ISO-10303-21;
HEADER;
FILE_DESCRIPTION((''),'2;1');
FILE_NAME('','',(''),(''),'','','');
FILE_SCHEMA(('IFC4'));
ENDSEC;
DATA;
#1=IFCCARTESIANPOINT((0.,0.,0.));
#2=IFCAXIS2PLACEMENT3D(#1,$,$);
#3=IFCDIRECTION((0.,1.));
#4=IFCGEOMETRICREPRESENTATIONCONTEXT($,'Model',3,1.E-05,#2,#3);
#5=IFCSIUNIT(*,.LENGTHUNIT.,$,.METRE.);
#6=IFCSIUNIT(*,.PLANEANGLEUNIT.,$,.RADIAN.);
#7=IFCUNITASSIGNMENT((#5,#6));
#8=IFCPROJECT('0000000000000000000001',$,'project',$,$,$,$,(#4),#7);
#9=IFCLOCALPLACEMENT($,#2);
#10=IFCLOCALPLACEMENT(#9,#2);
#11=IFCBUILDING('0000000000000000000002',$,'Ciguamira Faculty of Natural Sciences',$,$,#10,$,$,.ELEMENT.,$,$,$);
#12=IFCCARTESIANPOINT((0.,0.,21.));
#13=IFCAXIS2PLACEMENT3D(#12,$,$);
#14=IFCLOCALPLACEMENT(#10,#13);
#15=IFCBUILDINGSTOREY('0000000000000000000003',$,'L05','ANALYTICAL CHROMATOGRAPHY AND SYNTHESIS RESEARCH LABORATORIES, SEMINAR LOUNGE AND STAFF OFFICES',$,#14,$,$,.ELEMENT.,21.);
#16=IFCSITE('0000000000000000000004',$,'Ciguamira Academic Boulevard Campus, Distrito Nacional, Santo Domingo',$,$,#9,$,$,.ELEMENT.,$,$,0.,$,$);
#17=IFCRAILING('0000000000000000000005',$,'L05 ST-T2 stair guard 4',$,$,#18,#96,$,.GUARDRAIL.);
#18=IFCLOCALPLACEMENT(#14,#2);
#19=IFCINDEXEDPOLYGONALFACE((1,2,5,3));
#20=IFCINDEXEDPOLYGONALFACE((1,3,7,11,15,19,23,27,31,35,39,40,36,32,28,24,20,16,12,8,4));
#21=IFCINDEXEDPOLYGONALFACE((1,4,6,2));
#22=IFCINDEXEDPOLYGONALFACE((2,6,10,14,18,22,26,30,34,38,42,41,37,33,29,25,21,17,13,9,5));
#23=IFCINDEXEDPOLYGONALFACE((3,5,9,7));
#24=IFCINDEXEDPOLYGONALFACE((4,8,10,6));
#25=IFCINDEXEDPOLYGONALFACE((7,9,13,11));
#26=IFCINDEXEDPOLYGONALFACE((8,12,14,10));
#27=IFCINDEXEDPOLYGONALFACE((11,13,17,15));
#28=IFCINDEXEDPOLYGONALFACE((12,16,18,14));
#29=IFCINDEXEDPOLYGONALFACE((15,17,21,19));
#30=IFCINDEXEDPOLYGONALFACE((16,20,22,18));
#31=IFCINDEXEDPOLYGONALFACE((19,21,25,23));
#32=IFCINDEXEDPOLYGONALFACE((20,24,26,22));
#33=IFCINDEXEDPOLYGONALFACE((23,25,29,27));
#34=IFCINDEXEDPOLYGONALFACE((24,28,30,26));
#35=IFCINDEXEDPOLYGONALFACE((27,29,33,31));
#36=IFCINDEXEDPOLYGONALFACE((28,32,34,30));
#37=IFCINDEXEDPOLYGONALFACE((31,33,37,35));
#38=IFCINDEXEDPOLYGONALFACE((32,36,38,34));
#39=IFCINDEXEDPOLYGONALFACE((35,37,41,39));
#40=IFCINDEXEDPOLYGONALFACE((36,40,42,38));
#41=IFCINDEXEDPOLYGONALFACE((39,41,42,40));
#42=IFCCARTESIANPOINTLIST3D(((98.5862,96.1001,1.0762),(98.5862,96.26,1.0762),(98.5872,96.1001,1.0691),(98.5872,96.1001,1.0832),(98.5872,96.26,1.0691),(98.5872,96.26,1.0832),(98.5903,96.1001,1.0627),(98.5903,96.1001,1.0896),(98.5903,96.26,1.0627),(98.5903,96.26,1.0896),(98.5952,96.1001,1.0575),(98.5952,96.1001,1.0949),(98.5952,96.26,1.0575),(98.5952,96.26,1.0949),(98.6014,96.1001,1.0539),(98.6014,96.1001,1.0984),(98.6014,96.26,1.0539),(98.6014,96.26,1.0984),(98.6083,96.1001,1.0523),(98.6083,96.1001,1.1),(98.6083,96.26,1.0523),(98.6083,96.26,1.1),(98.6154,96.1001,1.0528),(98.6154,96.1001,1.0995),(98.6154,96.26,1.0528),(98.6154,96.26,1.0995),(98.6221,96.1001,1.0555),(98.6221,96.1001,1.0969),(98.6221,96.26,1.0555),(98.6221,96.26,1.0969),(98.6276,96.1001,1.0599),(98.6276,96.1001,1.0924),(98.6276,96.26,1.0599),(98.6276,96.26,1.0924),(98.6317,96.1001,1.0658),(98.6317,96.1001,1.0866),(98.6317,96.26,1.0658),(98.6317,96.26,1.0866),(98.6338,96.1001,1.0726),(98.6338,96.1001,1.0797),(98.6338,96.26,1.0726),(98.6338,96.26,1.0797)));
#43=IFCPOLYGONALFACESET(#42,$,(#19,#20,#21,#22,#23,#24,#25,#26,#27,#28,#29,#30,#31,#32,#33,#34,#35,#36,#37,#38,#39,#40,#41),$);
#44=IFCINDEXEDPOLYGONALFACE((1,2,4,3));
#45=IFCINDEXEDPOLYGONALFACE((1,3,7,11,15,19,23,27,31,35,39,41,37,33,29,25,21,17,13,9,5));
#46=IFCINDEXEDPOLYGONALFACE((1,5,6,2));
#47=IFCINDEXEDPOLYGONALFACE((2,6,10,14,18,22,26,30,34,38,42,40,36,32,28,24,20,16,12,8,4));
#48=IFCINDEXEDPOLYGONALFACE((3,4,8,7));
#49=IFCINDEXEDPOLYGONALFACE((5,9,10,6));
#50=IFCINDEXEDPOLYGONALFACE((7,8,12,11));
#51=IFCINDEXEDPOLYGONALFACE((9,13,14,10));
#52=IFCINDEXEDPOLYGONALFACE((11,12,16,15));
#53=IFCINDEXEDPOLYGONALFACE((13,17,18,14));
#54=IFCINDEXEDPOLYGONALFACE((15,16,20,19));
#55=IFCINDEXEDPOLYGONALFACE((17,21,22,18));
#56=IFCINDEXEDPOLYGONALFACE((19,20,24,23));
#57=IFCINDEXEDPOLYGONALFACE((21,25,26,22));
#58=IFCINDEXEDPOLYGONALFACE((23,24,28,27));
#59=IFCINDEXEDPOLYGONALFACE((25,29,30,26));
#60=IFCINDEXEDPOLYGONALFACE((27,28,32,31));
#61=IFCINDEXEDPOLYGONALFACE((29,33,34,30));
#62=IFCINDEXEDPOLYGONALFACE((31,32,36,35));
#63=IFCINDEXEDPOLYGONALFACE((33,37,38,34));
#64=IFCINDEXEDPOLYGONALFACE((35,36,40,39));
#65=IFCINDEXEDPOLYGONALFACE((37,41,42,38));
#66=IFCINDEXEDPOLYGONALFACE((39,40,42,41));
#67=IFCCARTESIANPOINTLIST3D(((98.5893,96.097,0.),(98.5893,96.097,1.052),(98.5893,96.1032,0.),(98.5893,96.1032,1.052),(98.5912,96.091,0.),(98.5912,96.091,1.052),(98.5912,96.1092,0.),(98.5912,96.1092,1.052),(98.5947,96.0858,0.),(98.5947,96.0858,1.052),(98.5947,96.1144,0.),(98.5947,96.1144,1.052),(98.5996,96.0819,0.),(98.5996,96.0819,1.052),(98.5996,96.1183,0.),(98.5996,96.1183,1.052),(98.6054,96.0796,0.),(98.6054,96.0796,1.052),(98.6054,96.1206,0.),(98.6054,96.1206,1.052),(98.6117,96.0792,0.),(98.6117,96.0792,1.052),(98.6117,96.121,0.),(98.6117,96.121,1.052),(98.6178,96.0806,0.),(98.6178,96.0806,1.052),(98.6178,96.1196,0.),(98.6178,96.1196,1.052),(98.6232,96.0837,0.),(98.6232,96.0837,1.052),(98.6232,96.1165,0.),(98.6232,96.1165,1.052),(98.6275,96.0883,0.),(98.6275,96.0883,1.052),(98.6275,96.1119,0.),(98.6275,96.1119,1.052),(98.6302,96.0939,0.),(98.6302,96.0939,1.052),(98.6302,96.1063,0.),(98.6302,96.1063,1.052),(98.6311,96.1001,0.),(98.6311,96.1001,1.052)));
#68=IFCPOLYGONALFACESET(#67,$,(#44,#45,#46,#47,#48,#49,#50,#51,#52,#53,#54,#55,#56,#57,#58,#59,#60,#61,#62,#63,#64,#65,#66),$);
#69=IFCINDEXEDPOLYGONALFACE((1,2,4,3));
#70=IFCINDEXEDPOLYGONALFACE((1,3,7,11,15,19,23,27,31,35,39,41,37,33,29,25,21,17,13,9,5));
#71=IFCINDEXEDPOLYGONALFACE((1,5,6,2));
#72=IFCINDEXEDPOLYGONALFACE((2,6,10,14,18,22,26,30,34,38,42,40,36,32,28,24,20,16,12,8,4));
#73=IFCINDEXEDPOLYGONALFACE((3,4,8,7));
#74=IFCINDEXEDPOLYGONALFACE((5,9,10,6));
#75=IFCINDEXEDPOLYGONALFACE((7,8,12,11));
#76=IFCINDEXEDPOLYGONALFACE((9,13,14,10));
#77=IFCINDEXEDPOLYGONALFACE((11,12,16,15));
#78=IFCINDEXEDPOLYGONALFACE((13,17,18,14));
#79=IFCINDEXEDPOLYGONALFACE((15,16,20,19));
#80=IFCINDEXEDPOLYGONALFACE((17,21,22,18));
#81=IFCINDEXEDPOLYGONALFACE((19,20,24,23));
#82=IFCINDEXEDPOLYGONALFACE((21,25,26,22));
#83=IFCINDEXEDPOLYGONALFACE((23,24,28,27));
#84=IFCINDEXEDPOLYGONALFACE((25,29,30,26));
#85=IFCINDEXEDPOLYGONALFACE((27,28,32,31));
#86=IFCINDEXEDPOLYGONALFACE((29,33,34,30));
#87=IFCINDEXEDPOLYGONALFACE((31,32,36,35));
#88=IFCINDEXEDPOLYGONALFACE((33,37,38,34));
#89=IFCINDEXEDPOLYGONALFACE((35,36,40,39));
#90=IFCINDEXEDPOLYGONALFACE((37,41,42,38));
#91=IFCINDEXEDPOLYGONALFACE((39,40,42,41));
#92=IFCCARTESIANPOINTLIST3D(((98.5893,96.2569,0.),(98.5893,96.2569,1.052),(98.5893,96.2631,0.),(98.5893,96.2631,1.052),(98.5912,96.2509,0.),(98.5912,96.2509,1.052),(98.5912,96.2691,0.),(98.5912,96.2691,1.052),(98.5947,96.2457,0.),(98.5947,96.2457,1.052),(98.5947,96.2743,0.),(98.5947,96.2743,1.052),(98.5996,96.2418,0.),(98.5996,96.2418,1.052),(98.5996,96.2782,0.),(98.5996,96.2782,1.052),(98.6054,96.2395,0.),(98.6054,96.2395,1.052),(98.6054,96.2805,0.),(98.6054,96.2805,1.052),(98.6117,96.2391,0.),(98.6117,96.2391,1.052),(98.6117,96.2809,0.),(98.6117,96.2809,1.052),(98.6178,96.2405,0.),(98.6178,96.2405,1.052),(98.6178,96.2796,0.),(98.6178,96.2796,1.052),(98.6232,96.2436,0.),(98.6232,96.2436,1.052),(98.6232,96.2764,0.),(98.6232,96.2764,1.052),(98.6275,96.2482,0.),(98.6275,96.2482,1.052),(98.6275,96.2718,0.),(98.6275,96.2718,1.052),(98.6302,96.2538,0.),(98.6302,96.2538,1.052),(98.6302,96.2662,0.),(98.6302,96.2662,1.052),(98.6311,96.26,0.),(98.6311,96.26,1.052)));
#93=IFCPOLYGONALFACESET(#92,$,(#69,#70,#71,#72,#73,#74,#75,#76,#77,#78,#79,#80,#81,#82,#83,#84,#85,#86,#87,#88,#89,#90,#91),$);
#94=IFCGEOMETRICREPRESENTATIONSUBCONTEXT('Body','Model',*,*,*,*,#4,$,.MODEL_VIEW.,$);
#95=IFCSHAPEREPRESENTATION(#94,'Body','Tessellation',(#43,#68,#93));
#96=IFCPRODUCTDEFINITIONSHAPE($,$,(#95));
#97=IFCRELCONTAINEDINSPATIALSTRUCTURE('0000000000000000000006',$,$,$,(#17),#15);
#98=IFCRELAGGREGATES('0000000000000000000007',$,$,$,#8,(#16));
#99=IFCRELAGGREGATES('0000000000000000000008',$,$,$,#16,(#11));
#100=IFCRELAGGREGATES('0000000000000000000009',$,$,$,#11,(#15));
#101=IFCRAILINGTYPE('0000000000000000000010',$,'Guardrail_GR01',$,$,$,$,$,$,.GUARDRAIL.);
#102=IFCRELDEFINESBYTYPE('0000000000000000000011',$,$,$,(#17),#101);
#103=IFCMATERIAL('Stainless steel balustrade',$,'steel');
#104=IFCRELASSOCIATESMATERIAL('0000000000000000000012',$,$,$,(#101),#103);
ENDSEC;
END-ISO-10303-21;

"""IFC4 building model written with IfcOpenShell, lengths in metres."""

from ifc_helpers import new_model, si_unit, direction, frame, origin, origin_2d, place, context, subcontext, project, spatial, circle, extrude, material, type_object, element, save


model = new_model("IFC4")

# Units and contexts
model_context = context("Model", 3, precision=1e-05, world=origin(), true_north=direction((0.0, 1.0)))
body_context = subcontext(model_context, "Body", "Model", "MODEL_VIEW")
ifc_project = project(units=[si_unit("LENGTHUNIT", "METRE"), si_unit("PLANEANGLEUNIT", "RADIAN")], contexts=[model_context])

# Site, building, storey
site_placement = place(None, origin())
site = spatial("IfcSite", under=ifc_project, at=site_placement, Name="Ciguamira Academic Boulevard Campus, Distrito Nacional, Santo Domingo", CompositionType="ELEMENT", RefElevation=0.0)
building_placement = place(site_placement, origin())
building = spatial("IfcBuilding", under=site, at=building_placement, Name="Ciguamira Faculty of Natural Sciences", CompositionType="ELEMENT")
storey_placement = place(building_placement, frame((0.0, 0.0, 21.0)))
storey = spatial("IfcBuildingStorey", under=building, at=storey_placement, Name="L05", Description="ANALYTICAL CHROMATOGRAPHY AND SYNTHESIS RESEARCH LABORATORIES, SEMINAR LOUNGE AND STAFF OFFICES", CompositionType="ELEMENT", Elevation=21.0)

# Railing
ifc_material_1 = material(Name="Stainless steel balustrade", Category="steel")
railing_type_1 = type_object("IfcRailingType", Name="Guardrail_GR01", PredefinedType="GUARDRAIL", material=ifc_material_1)
railing_1_placement = place(storey_placement, frame((98.6101, 96.1001, 0.0)))
element("IfcRailing", 1, at=railing_1_placement, inside=storey, type_object=railing_type_1, Name="L05 ST-T2 stair guard 4", PredefinedType="GUARDRAIL", context=body_context, shape_type="SweptSolid", body=[
    extrude(circle(Radius=0.0239, at=origin_2d()), frame((0.0, 0.0, 1.0762), z_axis=(0.0, 1.0, 0.0), x_axis=(-1.0, 0.0, 0.0)), (0.0, 0.0, 1.0), 0.1599),
    extrude(circle(Radius=0.021, at=origin_2d()), origin(), (0.0, 0.0, 1.0), 1.052),
    extrude(circle(Radius=0.021, at=origin_2d()), frame((0.0, 0.1599, 0.0)), (0.0, 0.0, 1.0), 1.052),
])

save(model, "model.ifc")
